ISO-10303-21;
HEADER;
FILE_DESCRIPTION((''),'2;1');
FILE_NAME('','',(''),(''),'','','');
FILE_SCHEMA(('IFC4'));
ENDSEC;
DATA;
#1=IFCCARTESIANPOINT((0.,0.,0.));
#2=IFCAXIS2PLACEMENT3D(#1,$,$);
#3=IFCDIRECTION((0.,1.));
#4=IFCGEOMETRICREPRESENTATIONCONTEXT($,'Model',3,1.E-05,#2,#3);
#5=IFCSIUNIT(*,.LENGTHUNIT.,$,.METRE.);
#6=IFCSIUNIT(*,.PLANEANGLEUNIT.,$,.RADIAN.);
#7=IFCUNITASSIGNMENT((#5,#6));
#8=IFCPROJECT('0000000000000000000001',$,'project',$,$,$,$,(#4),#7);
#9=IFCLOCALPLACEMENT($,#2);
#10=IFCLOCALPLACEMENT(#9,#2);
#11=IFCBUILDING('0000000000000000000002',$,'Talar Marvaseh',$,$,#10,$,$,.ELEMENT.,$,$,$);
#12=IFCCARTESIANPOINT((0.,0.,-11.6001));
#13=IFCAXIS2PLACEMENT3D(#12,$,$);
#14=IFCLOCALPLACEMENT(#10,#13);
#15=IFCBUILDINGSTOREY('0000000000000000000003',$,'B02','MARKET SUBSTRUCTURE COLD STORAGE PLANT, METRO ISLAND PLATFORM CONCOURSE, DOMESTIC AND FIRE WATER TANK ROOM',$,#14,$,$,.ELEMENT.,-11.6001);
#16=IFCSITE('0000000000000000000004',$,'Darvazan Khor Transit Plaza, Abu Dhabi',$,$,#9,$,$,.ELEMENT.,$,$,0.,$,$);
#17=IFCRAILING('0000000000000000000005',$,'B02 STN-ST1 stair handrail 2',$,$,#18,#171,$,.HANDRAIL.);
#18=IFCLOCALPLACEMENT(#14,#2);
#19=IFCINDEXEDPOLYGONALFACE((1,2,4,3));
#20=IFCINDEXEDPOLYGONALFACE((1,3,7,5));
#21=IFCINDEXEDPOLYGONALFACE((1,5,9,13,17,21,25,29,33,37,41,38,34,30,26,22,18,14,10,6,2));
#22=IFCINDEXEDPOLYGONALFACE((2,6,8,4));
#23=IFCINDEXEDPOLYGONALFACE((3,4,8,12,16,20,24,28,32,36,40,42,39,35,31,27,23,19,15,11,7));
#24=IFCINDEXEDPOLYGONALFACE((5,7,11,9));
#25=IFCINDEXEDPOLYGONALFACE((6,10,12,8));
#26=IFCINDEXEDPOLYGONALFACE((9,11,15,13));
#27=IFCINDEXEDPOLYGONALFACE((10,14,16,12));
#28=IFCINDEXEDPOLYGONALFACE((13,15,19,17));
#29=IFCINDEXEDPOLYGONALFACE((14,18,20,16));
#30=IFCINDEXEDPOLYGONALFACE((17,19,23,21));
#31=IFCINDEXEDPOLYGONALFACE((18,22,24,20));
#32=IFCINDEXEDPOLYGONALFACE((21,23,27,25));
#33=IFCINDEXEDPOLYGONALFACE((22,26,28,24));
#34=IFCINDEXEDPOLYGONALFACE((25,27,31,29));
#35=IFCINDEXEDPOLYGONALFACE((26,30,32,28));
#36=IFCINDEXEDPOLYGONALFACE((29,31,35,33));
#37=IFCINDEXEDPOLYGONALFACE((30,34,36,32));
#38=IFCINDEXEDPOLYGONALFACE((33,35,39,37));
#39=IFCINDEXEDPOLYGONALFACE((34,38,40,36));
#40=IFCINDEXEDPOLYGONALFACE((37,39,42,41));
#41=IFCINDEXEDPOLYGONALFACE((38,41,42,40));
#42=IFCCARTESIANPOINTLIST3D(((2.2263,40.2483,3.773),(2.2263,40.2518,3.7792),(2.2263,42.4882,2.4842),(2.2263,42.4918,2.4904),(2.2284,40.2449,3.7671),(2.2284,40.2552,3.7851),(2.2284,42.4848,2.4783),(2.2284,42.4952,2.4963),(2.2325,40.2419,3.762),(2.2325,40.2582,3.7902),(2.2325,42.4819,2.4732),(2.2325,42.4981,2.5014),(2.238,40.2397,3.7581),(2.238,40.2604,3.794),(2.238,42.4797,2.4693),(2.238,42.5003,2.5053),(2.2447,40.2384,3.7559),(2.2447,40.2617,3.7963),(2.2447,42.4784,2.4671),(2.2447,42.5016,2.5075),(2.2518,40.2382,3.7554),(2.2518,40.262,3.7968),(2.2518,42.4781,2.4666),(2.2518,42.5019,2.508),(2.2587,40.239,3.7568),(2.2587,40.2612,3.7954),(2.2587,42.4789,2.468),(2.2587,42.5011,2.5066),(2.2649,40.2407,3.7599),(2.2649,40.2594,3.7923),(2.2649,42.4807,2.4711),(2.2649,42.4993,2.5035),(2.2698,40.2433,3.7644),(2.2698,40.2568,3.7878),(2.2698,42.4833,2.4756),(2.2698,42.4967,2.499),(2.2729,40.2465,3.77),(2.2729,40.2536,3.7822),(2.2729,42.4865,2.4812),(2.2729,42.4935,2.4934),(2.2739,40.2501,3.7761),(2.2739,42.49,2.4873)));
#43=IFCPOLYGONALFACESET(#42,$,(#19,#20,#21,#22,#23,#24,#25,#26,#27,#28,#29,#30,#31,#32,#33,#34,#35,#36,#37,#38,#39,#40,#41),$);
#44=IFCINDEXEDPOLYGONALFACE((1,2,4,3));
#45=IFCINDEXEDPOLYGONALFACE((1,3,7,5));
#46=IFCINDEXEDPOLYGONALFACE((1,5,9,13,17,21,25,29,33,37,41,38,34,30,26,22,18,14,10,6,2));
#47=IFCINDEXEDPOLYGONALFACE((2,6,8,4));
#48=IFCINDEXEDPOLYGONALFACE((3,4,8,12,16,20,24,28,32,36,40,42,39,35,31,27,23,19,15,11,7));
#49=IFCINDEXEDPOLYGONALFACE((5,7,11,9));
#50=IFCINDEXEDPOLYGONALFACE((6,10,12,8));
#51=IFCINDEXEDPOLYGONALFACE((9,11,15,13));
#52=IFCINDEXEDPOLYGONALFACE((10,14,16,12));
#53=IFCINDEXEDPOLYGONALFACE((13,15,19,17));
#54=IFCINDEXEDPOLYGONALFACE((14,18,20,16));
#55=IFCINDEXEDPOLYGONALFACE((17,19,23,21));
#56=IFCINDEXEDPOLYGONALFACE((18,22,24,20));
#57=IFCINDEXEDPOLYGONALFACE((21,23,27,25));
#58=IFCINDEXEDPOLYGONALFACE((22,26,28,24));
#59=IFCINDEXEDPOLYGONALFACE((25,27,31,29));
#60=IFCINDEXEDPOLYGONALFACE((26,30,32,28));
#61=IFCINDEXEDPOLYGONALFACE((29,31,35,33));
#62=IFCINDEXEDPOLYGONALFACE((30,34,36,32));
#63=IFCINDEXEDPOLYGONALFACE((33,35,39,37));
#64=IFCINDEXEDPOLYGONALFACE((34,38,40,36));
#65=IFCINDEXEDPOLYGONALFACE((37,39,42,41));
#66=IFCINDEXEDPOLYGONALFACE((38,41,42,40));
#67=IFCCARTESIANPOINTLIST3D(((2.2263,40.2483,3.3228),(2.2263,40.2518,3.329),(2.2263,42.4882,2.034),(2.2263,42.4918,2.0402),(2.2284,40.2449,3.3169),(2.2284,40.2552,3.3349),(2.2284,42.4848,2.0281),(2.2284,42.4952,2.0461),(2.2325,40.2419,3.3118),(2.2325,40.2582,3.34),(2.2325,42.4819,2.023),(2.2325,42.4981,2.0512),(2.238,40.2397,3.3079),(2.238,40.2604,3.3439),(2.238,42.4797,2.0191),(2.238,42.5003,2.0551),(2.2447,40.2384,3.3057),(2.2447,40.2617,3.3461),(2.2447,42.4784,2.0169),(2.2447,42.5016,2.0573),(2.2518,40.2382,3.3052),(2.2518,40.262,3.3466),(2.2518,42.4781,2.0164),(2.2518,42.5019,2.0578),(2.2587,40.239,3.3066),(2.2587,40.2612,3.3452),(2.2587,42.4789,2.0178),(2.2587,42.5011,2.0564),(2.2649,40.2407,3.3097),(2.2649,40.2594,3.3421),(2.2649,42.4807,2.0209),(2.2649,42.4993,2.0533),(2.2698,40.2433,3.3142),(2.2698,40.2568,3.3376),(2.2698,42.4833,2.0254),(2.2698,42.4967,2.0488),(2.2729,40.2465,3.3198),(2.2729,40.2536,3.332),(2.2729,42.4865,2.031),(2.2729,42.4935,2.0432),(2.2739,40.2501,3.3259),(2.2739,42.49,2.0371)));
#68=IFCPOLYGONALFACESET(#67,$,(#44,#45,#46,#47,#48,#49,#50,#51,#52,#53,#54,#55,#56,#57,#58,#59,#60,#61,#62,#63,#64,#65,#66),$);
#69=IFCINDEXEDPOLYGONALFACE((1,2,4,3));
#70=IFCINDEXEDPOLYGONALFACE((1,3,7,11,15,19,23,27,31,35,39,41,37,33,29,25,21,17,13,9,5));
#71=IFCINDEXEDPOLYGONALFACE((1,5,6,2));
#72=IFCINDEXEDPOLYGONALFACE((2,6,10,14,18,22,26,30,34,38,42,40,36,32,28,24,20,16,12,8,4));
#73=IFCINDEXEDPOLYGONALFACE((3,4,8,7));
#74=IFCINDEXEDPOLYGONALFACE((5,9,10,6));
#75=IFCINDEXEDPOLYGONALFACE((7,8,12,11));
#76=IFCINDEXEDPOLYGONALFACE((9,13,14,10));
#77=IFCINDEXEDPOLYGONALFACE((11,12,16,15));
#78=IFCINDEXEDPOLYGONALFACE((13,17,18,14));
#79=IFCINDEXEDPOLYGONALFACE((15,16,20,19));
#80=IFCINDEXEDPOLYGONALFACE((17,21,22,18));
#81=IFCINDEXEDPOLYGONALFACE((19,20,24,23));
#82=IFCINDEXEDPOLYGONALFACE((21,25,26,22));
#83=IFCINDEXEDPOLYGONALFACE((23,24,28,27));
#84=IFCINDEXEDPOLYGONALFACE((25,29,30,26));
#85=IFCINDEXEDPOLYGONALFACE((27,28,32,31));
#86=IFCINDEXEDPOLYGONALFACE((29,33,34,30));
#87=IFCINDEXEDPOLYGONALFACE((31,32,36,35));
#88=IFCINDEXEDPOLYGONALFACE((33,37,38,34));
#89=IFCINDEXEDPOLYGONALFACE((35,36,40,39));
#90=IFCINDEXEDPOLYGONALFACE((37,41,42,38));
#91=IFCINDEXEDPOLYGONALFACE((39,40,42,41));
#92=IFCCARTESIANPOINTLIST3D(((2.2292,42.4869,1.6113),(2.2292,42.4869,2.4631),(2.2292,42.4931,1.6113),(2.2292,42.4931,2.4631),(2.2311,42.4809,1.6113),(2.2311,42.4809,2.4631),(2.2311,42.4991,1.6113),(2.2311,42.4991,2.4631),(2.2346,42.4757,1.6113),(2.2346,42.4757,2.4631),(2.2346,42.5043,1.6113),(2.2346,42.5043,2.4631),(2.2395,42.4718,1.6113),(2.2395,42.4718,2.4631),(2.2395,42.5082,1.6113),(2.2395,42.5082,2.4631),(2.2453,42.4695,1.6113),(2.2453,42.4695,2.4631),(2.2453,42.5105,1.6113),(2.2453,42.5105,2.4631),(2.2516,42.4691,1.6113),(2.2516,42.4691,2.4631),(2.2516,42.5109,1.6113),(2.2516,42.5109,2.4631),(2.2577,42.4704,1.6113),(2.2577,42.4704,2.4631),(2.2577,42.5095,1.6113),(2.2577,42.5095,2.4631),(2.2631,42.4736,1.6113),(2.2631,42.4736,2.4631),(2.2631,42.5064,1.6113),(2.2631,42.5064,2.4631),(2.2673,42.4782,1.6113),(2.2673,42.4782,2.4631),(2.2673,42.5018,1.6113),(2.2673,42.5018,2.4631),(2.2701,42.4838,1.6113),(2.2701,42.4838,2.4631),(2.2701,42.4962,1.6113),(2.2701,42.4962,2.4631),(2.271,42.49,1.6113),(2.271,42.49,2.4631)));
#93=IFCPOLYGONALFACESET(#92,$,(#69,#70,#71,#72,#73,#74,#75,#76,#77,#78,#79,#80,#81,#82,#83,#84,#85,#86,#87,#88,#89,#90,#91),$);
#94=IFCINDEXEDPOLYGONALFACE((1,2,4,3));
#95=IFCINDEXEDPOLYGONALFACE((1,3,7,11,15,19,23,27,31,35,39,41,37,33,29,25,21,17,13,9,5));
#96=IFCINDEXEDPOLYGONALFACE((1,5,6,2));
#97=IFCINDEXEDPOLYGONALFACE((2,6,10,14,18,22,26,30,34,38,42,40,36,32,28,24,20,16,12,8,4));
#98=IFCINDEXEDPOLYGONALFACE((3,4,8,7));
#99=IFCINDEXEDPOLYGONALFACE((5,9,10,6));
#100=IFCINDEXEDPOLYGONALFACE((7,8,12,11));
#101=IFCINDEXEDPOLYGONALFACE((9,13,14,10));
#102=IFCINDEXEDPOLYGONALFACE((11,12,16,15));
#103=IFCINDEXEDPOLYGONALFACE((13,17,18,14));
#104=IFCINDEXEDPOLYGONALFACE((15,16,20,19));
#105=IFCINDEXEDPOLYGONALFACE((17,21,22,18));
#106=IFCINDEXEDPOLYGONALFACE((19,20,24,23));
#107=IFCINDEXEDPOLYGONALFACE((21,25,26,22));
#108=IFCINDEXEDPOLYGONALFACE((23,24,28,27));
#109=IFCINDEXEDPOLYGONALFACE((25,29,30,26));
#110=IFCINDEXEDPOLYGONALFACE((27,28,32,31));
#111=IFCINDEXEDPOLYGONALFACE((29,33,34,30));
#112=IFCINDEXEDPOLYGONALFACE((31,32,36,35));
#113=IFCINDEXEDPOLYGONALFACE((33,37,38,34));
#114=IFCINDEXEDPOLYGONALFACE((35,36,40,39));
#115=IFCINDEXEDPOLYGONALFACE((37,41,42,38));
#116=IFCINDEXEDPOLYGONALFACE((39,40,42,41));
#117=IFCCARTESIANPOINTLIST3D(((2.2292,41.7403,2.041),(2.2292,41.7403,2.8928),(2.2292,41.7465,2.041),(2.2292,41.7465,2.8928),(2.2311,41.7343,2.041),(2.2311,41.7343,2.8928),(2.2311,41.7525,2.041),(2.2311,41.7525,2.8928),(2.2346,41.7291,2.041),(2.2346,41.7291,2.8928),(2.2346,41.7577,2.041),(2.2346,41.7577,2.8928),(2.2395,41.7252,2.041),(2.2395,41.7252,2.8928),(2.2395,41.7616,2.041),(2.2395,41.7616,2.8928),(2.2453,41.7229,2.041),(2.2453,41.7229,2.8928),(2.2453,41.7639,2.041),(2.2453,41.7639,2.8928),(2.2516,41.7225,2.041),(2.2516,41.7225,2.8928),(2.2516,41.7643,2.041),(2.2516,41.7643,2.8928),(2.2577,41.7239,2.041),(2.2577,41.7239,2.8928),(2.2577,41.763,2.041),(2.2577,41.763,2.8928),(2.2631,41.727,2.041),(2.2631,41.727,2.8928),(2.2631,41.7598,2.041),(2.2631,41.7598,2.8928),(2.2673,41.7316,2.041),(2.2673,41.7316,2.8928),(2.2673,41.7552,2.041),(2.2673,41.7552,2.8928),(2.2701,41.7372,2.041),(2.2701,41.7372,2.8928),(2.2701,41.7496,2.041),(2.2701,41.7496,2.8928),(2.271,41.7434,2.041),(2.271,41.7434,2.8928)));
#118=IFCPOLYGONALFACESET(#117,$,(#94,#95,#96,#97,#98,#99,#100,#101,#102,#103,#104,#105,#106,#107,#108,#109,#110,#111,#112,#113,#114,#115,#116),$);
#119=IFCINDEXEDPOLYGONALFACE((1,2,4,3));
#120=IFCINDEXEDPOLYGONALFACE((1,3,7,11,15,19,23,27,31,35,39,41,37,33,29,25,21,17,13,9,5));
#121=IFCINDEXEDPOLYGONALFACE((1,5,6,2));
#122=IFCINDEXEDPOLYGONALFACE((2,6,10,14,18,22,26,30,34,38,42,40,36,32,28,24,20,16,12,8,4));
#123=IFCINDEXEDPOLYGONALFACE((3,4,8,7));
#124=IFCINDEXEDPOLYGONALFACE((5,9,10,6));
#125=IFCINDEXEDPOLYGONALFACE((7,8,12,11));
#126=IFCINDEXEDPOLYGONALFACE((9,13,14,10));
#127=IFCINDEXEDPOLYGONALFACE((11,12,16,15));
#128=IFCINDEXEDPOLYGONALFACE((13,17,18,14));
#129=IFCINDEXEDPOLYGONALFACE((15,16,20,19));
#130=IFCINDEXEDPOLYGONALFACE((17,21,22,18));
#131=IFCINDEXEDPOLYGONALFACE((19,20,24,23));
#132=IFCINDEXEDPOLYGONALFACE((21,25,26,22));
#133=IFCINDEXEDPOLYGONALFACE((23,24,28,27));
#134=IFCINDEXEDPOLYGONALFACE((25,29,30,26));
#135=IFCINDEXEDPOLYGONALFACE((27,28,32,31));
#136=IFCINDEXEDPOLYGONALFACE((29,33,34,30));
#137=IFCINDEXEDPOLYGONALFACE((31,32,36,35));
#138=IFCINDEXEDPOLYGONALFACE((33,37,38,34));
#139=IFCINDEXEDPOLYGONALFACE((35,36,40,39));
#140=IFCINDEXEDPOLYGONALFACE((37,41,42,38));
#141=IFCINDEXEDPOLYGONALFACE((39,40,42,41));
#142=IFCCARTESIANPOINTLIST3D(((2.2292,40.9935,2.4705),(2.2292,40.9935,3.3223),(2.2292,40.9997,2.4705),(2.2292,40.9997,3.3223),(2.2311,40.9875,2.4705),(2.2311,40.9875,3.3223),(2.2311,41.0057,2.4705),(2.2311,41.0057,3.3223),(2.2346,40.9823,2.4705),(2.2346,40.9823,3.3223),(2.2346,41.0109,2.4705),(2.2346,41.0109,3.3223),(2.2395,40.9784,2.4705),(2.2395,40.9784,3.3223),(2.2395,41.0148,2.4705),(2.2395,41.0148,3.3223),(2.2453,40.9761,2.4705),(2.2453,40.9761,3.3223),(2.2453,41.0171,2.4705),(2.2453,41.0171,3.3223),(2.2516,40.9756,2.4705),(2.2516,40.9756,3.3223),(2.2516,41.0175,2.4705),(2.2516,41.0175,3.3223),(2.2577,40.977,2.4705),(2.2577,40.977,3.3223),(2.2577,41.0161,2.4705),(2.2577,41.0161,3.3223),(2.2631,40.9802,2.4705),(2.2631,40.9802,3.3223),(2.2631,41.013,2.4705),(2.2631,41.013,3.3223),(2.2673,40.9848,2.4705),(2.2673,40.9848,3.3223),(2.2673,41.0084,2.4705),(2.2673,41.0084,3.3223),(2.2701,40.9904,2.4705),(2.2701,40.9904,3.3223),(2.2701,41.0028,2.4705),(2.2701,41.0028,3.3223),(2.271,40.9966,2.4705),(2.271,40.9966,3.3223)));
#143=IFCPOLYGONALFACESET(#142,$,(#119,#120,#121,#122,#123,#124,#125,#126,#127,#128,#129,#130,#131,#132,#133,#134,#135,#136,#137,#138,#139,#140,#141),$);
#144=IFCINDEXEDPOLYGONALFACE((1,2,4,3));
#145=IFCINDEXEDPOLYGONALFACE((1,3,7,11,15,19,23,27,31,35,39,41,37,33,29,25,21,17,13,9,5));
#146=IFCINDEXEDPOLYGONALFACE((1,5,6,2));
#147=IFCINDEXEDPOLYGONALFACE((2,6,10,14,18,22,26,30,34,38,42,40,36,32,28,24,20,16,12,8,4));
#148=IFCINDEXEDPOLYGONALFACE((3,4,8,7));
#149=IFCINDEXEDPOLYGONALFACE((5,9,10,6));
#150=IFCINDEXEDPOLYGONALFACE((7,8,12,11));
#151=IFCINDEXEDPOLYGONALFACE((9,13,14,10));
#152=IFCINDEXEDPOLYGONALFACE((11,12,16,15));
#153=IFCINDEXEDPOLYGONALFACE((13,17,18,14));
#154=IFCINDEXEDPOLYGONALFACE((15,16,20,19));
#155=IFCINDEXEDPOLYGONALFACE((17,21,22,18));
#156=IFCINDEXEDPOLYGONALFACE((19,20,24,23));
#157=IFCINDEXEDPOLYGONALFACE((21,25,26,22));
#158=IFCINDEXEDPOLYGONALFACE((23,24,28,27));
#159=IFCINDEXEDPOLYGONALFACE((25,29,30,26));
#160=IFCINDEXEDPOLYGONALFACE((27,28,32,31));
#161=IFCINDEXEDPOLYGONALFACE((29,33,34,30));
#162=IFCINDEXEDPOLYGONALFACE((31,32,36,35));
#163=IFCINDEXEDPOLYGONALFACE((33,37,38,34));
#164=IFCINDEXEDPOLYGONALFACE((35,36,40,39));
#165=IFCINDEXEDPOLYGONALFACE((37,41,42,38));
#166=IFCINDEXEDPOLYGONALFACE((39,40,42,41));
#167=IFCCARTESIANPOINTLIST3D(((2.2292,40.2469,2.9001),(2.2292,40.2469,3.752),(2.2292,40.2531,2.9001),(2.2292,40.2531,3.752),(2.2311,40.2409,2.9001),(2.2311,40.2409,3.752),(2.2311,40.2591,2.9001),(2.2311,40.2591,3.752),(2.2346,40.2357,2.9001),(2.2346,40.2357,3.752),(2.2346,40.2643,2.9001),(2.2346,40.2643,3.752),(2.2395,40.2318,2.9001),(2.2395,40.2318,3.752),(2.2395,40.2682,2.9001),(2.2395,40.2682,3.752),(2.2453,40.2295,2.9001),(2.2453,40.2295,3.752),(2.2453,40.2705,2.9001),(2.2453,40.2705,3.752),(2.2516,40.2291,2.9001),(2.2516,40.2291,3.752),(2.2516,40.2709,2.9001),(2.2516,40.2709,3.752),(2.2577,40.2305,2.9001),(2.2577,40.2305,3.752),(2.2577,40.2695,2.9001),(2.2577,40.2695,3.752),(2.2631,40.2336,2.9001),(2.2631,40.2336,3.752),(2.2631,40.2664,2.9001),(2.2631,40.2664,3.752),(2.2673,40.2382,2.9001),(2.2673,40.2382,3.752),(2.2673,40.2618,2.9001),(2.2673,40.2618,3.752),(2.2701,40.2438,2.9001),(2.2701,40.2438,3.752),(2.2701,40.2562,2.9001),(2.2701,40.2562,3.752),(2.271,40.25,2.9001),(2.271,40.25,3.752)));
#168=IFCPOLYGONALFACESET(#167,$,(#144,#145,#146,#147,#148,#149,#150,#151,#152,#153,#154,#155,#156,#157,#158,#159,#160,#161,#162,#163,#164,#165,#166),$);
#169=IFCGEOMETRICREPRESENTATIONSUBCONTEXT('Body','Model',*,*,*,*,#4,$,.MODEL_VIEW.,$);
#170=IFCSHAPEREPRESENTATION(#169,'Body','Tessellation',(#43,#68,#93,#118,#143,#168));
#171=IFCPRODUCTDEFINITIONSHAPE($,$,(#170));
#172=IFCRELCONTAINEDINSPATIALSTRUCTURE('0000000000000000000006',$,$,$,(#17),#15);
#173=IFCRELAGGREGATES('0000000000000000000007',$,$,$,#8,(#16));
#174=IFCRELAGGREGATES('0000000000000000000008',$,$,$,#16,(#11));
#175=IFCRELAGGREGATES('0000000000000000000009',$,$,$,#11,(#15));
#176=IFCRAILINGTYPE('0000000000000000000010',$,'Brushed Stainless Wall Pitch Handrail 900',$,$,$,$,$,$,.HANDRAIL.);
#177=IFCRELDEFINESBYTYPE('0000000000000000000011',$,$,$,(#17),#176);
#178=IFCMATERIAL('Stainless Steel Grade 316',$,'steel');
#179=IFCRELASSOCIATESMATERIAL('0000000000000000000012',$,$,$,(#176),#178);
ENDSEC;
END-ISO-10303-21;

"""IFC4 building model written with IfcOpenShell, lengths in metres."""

from ifc_helpers import new_model, si_unit, direction, frame, origin, origin_2d, place, context, subcontext, project, spatial, circle, extrude, material, type_object, element, save


model = new_model("IFC4")

# Units and contexts
model_context = context("Model", 3, precision=1e-05, world=origin(), true_north=direction((0.0, 1.0)))
body_context = subcontext(model_context, "Body", "Model", "MODEL_VIEW")
ifc_project = project(units=[si_unit("LENGTHUNIT", "METRE"), si_unit("PLANEANGLEUNIT", "RADIAN")], contexts=[model_context])

# Site, building, storey
site_placement = place(None, origin())
site = spatial("IfcSite", under=ifc_project, at=site_placement, Name="Darvazan Khor Transit Plaza, Abu Dhabi", CompositionType="ELEMENT", RefElevation=0.0)
building_placement = place(site_placement, origin())
building = spatial("IfcBuilding", under=site, at=building_placement, Name="Talar Marvaseh", CompositionType="ELEMENT")
storey_placement = place(building_placement, frame((0.0, 0.0, -11.6001)))
storey = spatial("IfcBuildingStorey", under=building, at=storey_placement, Name="B02", Description="MARKET SUBSTRUCTURE COLD STORAGE PLANT, METRO ISLAND PLATFORM CONCOURSE, DOMESTIC AND FIRE WATER TANK ROOM", CompositionType="ELEMENT", Elevation=-11.6001)

# Railing
ifc_material_1 = material(Name="Stainless Steel Grade 316", Category="steel")
railing_type_1 = type_object("IfcRailingType", Name="Brushed Stainless Wall Pitch Handrail 900", PredefinedType="HANDRAIL", material=ifc_material_1)
for number, where, name in (
    (1, (2.25, 42.49, 1.6113), "B02 STN-ST1 stair handrail 2"),
):
    element("IfcRailing", number, at=place(storey_placement, frame(where)), inside=storey, type_object=railing_type_1, Name=name, PredefinedType="HANDRAIL", context=body_context, shape_type="SweptSolid", body=[
        extrude(circle(Radius=0.0239, at=origin_2d()), frame((0.0, 0.0, 0.876), z_axis=(0.0, -0.866768, 0.498711), x_axis=(1.0, 0.0, 0.0)), (0.0, 0.0, 1.0), 2.5842),
        extrude(circle(Radius=0.0239, at=origin_2d()), frame((0.0, 0.0, 0.4258), z_axis=(0.0, -0.866768, 0.498711), x_axis=(1.0, 0.0, 0.0)), (0.0, 0.0, 1.0), 2.5842),
        extrude(circle(Radius=0.021, at=origin_2d()), origin(), (0.0, 0.0, 1.0), 0.8518),
        extrude(circle(Radius=0.021, at=origin_2d()), frame((0.0, -0.7466, 0.4297)), (0.0, 0.0, 1.0), 0.8518),
        extrude(circle(Radius=0.021, at=origin_2d()), frame((0.0, -1.4934, 0.8591)), (0.0, 0.0, 1.0), 0.8518),
        extrude(circle(Radius=0.021, at=origin_2d()), frame((0.0, -2.24, 1.2888)), (0.0, 0.0, 1.0), 0.8518),
    ])

save(model, "model.ifc")
